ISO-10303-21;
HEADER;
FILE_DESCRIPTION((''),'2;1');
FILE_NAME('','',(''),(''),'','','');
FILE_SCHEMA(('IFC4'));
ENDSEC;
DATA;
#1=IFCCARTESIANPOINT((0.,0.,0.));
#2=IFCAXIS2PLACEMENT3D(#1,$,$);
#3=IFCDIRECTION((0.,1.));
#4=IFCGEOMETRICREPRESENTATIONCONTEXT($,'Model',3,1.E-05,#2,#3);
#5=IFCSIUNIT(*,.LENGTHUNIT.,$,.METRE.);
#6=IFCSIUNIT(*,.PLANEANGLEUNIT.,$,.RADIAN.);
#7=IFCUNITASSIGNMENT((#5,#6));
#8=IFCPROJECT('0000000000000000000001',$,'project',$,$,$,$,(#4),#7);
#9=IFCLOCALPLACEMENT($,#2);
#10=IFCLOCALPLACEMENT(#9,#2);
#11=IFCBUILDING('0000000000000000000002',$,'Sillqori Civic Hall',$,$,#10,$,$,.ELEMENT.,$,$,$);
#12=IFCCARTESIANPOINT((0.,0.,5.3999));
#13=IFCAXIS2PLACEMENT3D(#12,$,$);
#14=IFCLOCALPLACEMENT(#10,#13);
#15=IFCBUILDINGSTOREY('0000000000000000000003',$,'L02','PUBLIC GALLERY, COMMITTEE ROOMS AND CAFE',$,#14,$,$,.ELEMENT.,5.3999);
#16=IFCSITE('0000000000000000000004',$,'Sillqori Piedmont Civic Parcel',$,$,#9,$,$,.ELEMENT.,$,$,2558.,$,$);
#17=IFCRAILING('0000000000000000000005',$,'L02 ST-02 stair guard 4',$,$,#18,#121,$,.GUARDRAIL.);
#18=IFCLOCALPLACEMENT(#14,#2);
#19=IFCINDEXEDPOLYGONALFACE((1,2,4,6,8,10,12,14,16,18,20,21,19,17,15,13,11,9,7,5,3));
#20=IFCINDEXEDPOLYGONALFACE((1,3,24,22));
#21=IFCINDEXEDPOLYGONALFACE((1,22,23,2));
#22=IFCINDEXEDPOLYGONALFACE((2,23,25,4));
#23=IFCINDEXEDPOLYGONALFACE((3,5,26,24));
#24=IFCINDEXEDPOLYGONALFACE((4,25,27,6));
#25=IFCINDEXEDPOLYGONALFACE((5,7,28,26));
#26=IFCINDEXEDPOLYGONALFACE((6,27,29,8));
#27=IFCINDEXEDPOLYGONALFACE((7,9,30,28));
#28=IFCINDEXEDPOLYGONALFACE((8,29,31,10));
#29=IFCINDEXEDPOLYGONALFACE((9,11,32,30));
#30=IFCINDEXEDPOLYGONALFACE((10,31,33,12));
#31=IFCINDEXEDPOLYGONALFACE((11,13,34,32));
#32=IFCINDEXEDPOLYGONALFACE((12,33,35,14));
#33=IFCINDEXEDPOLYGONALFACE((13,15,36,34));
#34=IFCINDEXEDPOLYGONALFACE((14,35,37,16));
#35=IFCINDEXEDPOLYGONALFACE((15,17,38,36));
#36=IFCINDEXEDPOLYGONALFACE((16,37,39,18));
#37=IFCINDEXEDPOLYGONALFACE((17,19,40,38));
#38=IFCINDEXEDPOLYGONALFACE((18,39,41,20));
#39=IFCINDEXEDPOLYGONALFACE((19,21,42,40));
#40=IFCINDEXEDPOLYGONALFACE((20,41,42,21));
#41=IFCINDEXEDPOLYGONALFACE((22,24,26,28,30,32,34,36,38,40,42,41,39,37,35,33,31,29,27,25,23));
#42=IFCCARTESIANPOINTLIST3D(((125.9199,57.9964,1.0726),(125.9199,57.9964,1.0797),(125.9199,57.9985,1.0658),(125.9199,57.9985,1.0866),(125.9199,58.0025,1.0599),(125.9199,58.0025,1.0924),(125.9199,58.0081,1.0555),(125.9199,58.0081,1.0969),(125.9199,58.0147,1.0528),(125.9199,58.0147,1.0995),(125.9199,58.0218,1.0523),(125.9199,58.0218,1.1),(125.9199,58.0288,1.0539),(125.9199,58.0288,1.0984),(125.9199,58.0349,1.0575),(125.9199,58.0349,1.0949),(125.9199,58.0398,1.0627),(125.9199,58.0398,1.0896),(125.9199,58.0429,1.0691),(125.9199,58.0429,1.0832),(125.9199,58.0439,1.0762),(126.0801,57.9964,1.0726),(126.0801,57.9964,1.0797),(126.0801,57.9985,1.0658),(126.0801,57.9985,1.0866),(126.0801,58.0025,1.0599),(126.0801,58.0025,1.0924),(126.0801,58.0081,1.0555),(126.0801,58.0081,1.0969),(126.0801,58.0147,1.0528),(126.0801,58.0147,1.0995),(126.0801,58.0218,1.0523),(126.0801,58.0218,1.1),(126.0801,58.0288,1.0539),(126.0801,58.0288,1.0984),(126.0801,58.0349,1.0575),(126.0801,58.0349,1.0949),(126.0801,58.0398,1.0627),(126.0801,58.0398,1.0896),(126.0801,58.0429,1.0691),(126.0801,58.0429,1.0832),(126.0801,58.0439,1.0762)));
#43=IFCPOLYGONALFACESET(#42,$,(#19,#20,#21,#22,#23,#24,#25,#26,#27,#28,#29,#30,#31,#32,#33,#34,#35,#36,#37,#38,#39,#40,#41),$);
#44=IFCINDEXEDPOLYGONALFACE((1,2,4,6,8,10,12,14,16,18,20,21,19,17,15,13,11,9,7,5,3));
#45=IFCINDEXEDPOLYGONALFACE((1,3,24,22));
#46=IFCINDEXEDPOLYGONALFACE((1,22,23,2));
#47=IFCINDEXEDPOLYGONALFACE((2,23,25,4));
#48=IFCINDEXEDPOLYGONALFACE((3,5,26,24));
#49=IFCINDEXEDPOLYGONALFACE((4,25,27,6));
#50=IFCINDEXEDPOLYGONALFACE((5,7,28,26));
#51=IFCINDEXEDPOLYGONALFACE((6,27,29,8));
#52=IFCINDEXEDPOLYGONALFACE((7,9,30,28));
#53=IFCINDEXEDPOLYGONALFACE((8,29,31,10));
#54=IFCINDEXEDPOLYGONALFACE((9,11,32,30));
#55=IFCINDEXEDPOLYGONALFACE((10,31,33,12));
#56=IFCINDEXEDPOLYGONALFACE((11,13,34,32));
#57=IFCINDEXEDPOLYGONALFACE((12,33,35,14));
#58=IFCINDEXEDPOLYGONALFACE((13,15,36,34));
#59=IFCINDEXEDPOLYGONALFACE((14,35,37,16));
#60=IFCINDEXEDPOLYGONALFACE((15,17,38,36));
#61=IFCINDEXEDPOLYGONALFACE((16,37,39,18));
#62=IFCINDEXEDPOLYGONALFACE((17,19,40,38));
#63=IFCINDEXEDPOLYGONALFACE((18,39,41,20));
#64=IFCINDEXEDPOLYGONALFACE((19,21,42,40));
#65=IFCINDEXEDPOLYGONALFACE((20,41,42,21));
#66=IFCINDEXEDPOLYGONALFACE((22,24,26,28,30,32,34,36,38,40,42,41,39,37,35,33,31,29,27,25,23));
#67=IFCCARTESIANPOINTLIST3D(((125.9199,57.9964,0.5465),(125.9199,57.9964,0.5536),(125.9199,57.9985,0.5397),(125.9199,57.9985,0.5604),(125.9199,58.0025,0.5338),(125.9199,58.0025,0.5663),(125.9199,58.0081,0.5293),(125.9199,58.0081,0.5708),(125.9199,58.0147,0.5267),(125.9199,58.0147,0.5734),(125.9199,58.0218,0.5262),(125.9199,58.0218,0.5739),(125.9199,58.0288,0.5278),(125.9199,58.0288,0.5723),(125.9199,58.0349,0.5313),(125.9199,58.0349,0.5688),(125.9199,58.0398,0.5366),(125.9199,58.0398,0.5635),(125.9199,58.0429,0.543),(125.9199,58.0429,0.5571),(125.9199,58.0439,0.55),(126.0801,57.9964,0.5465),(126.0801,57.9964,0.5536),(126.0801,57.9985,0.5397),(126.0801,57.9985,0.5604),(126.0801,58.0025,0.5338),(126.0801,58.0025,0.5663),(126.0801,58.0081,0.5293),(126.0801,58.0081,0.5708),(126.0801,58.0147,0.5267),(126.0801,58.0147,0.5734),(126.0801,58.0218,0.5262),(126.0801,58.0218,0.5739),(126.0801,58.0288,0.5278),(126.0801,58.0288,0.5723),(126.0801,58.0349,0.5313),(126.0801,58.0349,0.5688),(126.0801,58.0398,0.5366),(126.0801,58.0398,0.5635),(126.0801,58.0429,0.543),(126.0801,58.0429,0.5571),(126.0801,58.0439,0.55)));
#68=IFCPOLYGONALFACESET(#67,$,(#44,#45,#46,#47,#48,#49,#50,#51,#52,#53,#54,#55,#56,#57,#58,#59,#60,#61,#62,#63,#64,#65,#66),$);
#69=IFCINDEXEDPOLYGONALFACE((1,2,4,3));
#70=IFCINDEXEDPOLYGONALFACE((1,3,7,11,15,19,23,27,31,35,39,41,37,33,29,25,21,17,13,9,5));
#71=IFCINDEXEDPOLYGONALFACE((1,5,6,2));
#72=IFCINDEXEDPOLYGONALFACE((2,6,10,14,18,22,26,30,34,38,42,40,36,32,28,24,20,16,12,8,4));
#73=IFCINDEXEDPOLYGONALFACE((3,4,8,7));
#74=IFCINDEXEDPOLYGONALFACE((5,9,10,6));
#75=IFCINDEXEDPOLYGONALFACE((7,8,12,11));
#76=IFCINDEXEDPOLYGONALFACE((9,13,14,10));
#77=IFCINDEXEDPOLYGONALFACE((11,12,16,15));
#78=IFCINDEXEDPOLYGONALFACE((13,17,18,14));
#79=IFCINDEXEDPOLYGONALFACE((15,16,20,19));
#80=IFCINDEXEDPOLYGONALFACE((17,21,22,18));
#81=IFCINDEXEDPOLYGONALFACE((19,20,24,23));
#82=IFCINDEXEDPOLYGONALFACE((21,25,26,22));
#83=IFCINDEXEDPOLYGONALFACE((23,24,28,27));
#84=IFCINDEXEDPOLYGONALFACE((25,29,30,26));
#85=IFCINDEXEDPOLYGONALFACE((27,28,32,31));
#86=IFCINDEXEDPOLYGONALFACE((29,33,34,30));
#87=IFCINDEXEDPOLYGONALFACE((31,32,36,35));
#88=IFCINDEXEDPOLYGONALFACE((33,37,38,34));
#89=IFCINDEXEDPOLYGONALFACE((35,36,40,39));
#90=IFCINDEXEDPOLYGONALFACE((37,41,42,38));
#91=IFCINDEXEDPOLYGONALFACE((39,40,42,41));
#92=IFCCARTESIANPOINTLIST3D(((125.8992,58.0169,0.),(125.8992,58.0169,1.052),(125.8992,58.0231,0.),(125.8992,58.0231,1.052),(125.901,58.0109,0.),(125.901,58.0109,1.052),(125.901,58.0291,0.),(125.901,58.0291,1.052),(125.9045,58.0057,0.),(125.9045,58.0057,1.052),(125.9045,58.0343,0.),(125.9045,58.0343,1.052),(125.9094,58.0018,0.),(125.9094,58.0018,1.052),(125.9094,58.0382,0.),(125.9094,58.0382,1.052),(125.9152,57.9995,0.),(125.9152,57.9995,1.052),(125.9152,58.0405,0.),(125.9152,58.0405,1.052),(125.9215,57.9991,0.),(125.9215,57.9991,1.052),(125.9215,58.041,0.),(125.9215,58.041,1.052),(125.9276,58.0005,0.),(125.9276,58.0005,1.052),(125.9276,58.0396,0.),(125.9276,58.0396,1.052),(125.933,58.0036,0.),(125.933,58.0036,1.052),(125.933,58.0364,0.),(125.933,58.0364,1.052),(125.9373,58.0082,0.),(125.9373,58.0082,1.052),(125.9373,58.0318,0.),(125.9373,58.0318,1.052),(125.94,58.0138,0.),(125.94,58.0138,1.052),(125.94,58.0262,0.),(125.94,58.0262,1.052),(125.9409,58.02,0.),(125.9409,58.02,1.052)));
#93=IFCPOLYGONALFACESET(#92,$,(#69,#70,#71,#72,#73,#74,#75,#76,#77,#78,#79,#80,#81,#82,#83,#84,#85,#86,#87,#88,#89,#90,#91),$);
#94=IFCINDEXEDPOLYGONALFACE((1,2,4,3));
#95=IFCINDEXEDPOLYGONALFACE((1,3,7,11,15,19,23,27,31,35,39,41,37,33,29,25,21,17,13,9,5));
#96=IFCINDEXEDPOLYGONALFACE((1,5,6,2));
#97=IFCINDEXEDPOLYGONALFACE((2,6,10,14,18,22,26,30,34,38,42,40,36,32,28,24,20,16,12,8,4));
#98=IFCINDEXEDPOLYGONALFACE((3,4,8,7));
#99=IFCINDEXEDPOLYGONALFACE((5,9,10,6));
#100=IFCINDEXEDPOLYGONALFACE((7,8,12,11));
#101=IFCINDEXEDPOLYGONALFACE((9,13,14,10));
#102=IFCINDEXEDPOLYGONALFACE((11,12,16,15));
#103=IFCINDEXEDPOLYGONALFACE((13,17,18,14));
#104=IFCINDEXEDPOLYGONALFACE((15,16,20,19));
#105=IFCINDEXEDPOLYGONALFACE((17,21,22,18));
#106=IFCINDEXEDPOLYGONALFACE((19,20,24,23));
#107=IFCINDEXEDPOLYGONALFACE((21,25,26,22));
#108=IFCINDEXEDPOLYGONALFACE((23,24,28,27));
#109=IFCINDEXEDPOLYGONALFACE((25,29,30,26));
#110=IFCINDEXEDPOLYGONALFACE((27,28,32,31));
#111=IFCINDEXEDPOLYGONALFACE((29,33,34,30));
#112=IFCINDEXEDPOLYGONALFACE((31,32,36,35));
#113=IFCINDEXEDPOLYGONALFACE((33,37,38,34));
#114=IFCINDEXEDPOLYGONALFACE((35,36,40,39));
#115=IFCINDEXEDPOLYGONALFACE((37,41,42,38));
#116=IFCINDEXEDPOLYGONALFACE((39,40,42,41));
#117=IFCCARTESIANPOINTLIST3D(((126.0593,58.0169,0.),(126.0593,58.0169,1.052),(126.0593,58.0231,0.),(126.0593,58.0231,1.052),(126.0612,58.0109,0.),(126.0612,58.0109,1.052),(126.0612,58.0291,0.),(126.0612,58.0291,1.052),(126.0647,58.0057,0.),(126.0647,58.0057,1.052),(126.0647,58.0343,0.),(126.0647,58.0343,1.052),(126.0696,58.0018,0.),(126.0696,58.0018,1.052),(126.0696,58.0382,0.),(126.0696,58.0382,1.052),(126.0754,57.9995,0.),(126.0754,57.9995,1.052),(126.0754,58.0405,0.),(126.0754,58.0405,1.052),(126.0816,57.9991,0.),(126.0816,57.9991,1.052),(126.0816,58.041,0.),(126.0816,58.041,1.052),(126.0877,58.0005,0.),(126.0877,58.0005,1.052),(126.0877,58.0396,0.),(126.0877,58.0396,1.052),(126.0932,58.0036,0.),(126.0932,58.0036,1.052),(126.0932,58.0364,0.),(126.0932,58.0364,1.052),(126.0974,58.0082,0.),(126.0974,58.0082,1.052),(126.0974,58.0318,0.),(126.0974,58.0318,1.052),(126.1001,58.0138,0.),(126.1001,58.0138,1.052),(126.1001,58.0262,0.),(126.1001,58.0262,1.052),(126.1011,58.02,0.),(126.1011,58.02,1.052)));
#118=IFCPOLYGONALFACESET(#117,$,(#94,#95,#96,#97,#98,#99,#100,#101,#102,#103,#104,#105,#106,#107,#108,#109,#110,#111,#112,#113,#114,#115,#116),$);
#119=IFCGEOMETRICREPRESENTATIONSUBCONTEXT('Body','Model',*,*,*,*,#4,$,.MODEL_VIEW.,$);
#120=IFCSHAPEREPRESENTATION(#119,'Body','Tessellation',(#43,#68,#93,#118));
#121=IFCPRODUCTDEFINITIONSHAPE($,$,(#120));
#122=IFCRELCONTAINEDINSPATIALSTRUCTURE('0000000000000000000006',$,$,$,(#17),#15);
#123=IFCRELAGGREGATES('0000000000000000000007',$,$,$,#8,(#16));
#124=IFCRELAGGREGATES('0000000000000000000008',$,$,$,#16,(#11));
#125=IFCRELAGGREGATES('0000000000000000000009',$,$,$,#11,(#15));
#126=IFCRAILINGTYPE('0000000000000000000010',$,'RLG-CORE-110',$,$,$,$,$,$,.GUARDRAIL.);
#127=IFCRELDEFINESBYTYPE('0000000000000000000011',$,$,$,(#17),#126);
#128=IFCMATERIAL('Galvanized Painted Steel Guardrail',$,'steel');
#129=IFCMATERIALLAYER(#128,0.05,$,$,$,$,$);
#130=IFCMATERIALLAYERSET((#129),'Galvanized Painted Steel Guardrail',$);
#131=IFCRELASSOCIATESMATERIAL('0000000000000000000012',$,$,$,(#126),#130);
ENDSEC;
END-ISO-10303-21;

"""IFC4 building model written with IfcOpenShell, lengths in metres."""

from ifc_helpers import new_model, si_unit, direction, frame, origin, origin_2d, place, context, subcontext, project, spatial, circle, extrude, material, layer, layer_set, type_object, element, save


model = new_model("IFC4")

# Units and contexts
model_context = context("Model", 3, precision=1e-05, world=origin(), true_north=direction((0.0, 1.0)))
body_context = subcontext(model_context, "Body", "Model", "MODEL_VIEW")
ifc_project = project(units=[si_unit("LENGTHUNIT", "METRE"), si_unit("PLANEANGLEUNIT", "RADIAN")], contexts=[model_context])

# Site, building, storey
site_placement = place(None, origin())
site = spatial("IfcSite", under=ifc_project, at=site_placement, Name="Sillqori Piedmont Civic Parcel", CompositionType="ELEMENT", RefElevation=2558.0)
building_placement = place(site_placement, origin())
building = spatial("IfcBuilding", under=site, at=building_placement, Name="Sillqori Civic Hall", CompositionType="ELEMENT")
storey_placement = place(building_placement, frame((0.0, 0.0, 5.3999)))
storey = spatial("IfcBuildingStorey", under=building, at=storey_placement, Name="L02", Description="PUBLIC GALLERY, COMMITTEE ROOMS AND CAFE", CompositionType="ELEMENT", Elevation=5.3999)

# Railing
ifc_material_1 = material(Name="Galvanized Painted Steel Guardrail", Category="steel")
ifc_layer_1 = layer(ifc_material_1, 0.05)
ifc_layer_set_1 = layer_set([ifc_layer_1], Name="Galvanized Painted Steel Guardrail")
railing_type = type_object("IfcRailingType", Name="RLG-CORE-110", PredefinedType="GUARDRAIL", material=ifc_layer_set_1)
railing_1_placement = place(storey_placement, frame((125.9199, 58.02, 0.0)))
element("IfcRailing", 1, at=railing_1_placement, inside=storey, type_object=railing_type, Name="L02 ST-02 stair guard 4", PredefinedType="GUARDRAIL", context=body_context, shape_type="SweptSolid", body=[
    extrude(circle(Radius=0.0239, at=origin_2d()), frame((0.0, 0.0, 1.0762), z_axis=(1.0, 0.0, 0.0), x_axis=(0.0, 1.0, 0.0)), (0.0, 0.0, 1.0), 0.1602),
    extrude(circle(Radius=0.0239, at=origin_2d()), frame((0.0, 0.0, 0.55), z_axis=(1.0, 0.0, 0.0), x_axis=(0.0, 1.0, 0.0)), (0.0, 0.0, 1.0), 0.1602),
    extrude(circle(Radius=0.021, at=origin_2d()), origin(), (0.0, 0.0, 1.0), 1.052),
    extrude(circle(Radius=0.021, at=origin_2d()), frame((0.1602, 0.0, 0.0)), (0.0, 0.0, 1.0), 1.052),
])

save(model, "model.ifc")
